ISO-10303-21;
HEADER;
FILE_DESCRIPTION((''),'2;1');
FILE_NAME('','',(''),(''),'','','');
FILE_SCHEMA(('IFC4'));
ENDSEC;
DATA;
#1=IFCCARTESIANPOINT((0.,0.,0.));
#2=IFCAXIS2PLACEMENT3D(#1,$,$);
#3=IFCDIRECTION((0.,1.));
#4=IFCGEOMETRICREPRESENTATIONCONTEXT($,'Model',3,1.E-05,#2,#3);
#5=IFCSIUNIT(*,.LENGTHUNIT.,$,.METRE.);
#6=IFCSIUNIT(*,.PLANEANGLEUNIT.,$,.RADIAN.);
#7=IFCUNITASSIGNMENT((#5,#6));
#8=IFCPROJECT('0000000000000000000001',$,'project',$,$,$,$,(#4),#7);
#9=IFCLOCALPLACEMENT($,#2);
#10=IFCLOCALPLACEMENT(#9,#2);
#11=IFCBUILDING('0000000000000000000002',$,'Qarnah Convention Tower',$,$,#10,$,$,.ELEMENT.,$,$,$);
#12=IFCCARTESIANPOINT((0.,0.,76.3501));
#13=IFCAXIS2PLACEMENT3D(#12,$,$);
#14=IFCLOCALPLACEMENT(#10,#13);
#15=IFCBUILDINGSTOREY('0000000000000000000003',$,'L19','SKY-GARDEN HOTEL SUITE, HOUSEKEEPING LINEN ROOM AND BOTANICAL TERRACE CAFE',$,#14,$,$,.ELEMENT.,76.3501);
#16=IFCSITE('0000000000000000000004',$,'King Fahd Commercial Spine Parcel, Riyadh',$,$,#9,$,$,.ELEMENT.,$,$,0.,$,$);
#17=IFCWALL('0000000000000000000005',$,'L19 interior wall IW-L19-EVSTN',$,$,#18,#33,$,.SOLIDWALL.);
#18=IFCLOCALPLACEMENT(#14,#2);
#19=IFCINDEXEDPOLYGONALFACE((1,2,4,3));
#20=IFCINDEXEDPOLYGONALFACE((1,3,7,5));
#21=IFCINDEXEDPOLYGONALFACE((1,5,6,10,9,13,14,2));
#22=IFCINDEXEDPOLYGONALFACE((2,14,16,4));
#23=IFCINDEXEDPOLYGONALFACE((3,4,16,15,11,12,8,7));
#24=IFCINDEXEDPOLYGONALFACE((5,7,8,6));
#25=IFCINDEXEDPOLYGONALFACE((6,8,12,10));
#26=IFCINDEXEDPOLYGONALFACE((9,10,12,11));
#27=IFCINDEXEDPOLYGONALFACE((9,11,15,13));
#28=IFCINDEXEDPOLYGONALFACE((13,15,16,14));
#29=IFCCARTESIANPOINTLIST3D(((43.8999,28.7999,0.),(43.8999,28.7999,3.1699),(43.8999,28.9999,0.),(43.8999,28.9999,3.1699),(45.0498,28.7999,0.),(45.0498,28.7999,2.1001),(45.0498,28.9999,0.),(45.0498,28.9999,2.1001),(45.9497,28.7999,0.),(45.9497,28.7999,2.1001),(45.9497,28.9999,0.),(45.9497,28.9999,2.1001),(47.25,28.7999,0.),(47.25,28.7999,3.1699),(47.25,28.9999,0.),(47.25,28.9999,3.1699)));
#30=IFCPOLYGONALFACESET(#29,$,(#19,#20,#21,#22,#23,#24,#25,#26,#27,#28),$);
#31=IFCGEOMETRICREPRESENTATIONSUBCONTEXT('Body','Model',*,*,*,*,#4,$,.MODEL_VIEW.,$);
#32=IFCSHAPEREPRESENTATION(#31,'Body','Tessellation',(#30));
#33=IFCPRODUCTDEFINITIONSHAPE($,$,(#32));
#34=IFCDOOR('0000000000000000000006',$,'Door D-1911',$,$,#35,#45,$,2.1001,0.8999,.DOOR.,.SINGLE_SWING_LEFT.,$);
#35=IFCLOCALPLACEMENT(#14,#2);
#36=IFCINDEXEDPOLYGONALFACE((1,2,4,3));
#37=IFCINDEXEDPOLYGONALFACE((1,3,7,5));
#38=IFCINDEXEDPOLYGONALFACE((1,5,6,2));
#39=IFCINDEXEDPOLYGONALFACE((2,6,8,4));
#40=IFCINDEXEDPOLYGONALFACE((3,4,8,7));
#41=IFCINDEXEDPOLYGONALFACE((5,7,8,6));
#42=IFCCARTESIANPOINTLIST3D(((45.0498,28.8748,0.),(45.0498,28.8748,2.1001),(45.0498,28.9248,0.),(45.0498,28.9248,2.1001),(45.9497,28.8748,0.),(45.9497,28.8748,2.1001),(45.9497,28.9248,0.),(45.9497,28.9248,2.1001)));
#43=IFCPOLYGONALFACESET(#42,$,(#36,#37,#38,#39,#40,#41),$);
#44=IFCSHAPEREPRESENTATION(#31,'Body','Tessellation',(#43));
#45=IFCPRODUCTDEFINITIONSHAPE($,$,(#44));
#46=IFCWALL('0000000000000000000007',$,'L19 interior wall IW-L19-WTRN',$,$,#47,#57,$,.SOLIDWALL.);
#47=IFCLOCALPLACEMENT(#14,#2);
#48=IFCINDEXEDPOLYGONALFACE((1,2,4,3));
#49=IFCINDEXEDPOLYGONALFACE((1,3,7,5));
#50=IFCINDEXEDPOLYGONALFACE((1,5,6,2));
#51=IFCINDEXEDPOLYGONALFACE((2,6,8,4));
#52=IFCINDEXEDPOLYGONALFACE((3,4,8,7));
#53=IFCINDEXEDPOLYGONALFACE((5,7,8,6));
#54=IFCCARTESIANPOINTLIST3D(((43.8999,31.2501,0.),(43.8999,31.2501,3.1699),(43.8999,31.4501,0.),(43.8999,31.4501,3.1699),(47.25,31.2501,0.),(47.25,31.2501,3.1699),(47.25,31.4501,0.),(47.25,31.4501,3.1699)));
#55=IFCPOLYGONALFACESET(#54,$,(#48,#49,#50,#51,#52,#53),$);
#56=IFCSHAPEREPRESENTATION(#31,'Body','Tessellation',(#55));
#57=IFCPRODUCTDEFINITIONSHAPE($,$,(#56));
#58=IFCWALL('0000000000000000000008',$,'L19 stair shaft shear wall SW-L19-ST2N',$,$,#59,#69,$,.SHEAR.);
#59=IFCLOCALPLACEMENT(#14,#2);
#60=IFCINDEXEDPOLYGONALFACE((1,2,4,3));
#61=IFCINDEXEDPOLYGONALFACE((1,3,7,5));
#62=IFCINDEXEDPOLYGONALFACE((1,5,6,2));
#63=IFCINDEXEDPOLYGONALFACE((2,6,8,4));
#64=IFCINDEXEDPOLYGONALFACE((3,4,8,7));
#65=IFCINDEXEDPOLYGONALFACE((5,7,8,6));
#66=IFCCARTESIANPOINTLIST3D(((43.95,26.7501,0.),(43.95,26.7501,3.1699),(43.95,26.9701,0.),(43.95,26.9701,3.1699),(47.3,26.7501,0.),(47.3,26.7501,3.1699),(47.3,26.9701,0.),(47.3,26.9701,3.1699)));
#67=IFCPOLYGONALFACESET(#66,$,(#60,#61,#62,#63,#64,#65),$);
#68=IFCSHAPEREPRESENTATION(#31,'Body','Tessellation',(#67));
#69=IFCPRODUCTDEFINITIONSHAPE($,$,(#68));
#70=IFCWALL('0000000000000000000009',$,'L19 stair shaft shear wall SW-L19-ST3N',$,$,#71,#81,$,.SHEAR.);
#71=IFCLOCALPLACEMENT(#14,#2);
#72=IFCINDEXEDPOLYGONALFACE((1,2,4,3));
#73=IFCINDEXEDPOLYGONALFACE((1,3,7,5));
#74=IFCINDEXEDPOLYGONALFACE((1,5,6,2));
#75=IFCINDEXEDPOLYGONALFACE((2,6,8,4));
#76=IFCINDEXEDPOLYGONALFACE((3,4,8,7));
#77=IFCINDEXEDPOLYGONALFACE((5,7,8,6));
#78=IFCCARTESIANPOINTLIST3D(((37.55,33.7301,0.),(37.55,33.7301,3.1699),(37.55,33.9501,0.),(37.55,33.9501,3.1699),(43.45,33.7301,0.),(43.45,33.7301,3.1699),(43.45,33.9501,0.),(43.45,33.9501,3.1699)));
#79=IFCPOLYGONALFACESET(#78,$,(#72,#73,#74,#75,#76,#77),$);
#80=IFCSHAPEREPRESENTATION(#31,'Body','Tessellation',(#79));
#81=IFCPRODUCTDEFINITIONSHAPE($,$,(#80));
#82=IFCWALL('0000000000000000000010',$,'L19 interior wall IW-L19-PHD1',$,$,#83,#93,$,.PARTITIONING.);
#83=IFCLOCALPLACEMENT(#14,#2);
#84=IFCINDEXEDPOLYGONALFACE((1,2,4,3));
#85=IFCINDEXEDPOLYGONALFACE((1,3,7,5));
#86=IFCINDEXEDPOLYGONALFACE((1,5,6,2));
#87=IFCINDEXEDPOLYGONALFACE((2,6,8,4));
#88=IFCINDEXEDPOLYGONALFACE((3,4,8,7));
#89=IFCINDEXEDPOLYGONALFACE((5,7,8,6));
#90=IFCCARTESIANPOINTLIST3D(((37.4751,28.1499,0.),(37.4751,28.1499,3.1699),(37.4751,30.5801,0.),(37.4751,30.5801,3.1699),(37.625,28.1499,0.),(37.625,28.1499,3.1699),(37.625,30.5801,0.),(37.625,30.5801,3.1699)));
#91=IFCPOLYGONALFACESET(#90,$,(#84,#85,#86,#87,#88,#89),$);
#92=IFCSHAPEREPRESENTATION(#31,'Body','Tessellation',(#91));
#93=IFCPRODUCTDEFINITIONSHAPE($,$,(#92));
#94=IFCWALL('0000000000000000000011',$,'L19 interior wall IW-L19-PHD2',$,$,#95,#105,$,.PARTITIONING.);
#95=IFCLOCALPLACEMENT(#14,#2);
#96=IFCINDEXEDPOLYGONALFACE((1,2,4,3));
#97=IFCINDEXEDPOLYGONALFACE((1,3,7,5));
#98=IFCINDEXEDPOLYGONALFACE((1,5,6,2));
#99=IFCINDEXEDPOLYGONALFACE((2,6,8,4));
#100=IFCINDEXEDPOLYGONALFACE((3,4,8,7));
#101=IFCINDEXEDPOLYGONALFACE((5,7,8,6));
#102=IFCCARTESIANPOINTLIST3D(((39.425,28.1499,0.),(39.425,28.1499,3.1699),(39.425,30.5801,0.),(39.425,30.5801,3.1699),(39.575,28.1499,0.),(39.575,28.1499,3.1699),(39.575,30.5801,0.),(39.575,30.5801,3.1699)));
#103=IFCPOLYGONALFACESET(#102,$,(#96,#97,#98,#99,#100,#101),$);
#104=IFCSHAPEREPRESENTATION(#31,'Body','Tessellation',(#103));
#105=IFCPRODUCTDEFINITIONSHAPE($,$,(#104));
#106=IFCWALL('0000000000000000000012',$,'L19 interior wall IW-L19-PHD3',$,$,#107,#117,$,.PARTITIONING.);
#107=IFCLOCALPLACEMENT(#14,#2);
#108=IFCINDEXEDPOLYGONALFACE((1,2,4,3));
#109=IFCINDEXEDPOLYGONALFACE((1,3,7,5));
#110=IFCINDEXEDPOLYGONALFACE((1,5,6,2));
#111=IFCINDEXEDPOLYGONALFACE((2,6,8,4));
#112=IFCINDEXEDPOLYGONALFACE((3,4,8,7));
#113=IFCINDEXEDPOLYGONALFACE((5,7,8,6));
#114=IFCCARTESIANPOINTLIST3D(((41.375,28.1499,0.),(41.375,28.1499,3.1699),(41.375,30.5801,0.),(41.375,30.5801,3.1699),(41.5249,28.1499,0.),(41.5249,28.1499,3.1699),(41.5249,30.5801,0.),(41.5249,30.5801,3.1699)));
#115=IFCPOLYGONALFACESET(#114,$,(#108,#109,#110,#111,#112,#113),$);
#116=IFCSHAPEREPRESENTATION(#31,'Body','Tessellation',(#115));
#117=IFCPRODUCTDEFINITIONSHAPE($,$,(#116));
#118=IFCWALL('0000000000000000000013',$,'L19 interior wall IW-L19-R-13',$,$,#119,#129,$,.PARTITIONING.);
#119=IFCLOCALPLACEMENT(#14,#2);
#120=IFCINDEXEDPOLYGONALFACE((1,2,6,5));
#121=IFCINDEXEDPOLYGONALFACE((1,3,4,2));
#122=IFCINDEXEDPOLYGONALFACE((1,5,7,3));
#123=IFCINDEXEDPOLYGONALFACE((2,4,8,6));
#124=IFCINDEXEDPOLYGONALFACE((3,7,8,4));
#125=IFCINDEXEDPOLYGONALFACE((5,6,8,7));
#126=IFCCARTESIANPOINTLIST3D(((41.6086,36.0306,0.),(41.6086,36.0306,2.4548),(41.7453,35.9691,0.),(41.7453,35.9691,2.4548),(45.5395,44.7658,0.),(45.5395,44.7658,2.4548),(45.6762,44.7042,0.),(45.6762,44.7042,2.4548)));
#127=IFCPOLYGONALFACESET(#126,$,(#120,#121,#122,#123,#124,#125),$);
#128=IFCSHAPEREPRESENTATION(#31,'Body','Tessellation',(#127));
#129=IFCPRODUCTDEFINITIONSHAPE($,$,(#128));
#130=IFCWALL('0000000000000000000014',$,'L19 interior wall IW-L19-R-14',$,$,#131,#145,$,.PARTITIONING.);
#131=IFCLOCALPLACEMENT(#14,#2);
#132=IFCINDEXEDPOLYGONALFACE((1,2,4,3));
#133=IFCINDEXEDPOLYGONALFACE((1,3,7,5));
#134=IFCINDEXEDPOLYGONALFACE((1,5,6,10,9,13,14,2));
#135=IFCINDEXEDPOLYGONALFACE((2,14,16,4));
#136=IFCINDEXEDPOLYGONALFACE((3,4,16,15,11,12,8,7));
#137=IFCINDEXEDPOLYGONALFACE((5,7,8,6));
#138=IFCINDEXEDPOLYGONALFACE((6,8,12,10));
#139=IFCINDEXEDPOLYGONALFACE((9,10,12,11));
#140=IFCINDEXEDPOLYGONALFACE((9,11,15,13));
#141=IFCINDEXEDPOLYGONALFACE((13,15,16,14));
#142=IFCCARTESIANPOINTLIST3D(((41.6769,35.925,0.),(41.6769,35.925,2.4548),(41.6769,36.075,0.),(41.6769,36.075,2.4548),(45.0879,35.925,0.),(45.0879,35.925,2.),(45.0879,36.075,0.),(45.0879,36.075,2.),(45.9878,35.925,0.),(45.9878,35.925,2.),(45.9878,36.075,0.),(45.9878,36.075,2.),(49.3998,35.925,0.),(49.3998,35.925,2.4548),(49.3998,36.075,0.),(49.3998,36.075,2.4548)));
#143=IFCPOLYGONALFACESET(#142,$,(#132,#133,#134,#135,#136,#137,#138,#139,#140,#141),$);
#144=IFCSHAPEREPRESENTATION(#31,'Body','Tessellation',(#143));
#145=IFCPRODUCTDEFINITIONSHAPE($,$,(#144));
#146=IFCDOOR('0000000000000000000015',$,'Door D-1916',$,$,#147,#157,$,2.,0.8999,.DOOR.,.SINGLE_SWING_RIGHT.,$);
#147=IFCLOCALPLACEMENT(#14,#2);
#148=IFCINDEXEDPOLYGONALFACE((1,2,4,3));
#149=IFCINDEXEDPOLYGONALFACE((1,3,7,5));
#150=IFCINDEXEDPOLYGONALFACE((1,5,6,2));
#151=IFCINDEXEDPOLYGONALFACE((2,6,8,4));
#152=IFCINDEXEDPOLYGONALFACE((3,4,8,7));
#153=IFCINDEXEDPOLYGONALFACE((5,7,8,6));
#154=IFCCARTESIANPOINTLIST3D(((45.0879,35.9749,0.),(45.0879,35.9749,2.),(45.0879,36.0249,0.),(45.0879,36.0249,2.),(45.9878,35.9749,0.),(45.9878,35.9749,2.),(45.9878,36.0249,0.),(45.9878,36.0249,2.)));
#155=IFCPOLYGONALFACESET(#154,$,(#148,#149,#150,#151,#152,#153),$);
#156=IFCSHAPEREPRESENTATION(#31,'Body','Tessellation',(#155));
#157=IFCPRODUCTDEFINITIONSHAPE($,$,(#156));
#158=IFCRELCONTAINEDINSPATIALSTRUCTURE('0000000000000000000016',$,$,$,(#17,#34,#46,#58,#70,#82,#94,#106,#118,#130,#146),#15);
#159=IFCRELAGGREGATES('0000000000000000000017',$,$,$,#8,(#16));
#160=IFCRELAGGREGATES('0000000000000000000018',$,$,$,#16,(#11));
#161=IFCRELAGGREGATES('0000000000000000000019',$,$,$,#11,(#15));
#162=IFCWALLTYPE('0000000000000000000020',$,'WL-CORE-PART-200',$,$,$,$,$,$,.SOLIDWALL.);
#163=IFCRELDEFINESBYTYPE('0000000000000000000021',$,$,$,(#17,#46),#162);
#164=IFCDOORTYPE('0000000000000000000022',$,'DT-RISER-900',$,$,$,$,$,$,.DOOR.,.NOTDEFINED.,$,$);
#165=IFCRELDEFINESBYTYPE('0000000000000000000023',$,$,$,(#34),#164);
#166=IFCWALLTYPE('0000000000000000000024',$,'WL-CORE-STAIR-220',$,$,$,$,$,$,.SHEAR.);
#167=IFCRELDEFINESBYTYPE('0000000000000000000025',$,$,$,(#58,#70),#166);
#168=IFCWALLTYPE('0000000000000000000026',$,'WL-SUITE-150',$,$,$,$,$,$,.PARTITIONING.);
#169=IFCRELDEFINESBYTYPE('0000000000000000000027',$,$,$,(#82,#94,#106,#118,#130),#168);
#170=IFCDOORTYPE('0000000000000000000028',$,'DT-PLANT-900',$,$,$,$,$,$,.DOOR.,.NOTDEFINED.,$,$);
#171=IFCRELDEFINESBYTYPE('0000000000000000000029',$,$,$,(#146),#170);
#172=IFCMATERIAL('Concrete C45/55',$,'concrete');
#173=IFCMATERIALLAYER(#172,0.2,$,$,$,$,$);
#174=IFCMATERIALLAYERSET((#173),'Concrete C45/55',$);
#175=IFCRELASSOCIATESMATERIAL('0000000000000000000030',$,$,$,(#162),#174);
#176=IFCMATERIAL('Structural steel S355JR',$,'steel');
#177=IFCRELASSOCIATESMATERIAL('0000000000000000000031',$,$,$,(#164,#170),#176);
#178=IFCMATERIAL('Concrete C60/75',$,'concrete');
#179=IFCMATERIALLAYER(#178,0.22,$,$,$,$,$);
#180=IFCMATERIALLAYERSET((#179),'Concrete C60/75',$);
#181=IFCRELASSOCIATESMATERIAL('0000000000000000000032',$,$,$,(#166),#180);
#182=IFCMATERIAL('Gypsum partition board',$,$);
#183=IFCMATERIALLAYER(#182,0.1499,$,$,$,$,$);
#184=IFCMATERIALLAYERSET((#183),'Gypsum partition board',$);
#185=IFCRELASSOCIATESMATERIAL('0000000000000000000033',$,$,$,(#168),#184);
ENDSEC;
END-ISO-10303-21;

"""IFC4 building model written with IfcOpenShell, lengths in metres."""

from ifc_helpers import new_model, si_unit, direction, frame, frame_2d, origin, place, context, subcontext, project, spatial, rectangle, extrude, material, layer, layer_set, type_object, element, fill, save


model = new_model("IFC4")

# Units and contexts
model_context = context("Model", 3, precision=1e-05, world=origin(), true_north=direction((0.0, 1.0)))
body_context = subcontext(model_context, "Body", "Model", "MODEL_VIEW")
ifc_project = project(units=[si_unit("LENGTHUNIT", "METRE"), si_unit("PLANEANGLEUNIT", "RADIAN")], contexts=[model_context])

# Site, building, storey
site_placement = place(None, origin())
site = spatial("IfcSite", under=ifc_project, at=site_placement, Name="King Fahd Commercial Spine Parcel, Riyadh", CompositionType="ELEMENT", RefElevation=0.0)
building_placement = place(site_placement, origin())
building = spatial("IfcBuilding", under=site, at=building_placement, Name="Qarnah Convention Tower", CompositionType="ELEMENT")
storey_placement = place(building_placement, frame((0.0, 0.0, 76.3501)))
storey = spatial("IfcBuildingStorey", under=building, at=storey_placement, Name="L19", Description="SKY-GARDEN HOTEL SUITE, HOUSEKEEPING LINEN ROOM AND BOTANICAL TERRACE CAFE", CompositionType="ELEMENT", Elevation=76.3501)

# Shared definitions
ifc_material_1 = material(Name="Concrete C60/75", Category="concrete")

# Shared definitions
ifc_material_2 = material(Name="Structural steel S355JR", Category="steel")

# Wall, opening, door
ifc_material_3 = material(Name="Concrete C45/55", Category="concrete")
ifc_layer_1 = layer(ifc_material_3, 0.2)
ifc_layer_set_1 = layer_set([ifc_layer_1], Name="Concrete C45/55")
wall_type_1 = type_object("IfcWallType", Name="WL-CORE-PART-200", PredefinedType="SOLIDWALL", material=ifc_layer_set_1)
wall_1_placement = place(storey_placement, frame((43.8999, 28.8999, 0.0), z_axis=(0.0, 0.0, 1.0), x_axis=(1.0, 0.0, 0.0)))
wall_1 = element("IfcWall", 1, at=wall_1_placement, inside=storey, type_object=wall_type_1, Name="L19 interior wall IW-L19-EVSTN", PredefinedType="SOLIDWALL", context=body_context, shape_type="SweptSolid", body=[
    extrude(rectangle(XDim=3.3501, YDim=0.2, at=frame_2d((1.675, 0.0))), origin(), (0.0, 0.0, 1.0), 3.1699),
])
opening_1_placement = place(wall_1_placement, frame((1.1499, 0.0, 0.0)))
opening_1 = element("IfcOpeningElement", 2, at=opening_1_placement, cuts=wall_1, PredefinedType="OPENING", context=body_context, shape_type="SweptSolid", body=[
    extrude(rectangle(XDim=0.8999, YDim=2.1001, at=frame_2d((0.45, 1.05))), frame((0.0, 0.1099, 0.0), z_axis=(0.0, -1.0, 0.0), x_axis=(1.0, 0.0, 0.0)), (0.0, 0.0, 1.0), 0.22),
])
door_type_1 = type_object("IfcDoorType", Name="DT-RISER-900", OperationType="NOTDEFINED", PredefinedType="DOOR", material=ifc_material_2)
door_1_placement = place(opening_1_placement, origin())
door_1 = element("IfcDoor", 3, at=door_1_placement, inside=storey, type_object=door_type_1, Name="Door D-1911", OperationType="SINGLE_SWING_LEFT", OverallHeight=2.1001, OverallWidth=0.8999, PredefinedType="DOOR", context=body_context, shape_type="SweptSolid", body=[
    extrude(rectangle(XDim=0.8999, YDim=2.1001, at=frame_2d((0.45, 1.05))), frame((0.0, 0.0249, 0.0), z_axis=(0.0, -1.0, 0.0), x_axis=(1.0, 0.0, 0.0)), (0.0, 0.0, 1.0), 0.05),
])
fill(opening_1, door_1)

# Walls
wall_2_placement = place(storey_placement, frame((43.8999, 31.3501, 0.0), z_axis=(0.0, 0.0, 1.0), x_axis=(1.0, 0.0, 0.0)))
element("IfcWall", 4, at=wall_2_placement, inside=storey, type_object=wall_type_1, Name="L19 interior wall IW-L19-WTRN", PredefinedType="SOLIDWALL", context=body_context, shape_type="SweptSolid", body=[
    extrude(rectangle(XDim=3.3501, YDim=0.2, at=frame_2d((1.675, 0.0))), origin(), (0.0, 0.0, 1.0), 3.1699),
])
ifc_layer_2 = layer(ifc_material_1, 0.22)
ifc_layer_set_2 = layer_set([ifc_layer_2], Name="Concrete C60/75")
wall_type_2 = type_object("IfcWallType", Name="WL-CORE-STAIR-220", PredefinedType="SHEAR", material=ifc_layer_set_2)
wall_3_placement = place(storey_placement, frame((43.95, 26.8601, 0.0), z_axis=(0.0, 0.0, 1.0), x_axis=(1.0, 0.0, 0.0)))
element("IfcWall", 5, at=wall_3_placement, inside=storey, type_object=wall_type_2, Name="L19 stair shaft shear wall SW-L19-ST2N", PredefinedType="SHEAR", context=body_context, shape_type="SweptSolid", body=[
    extrude(rectangle(XDim=3.3501, YDim=0.22, at=frame_2d((1.675, 0.0))), origin(), (0.0, 0.0, 1.0), 3.1699),
])
wall_4_placement = place(storey_placement, frame((37.55, 33.8401, 0.0), z_axis=(0.0, 0.0, 1.0), x_axis=(1.0, 0.0, 0.0)))
element("IfcWall", 6, at=wall_4_placement, inside=storey, type_object=wall_type_2, Name="L19 stair shaft shear wall SW-L19-ST3N", PredefinedType="SHEAR", context=body_context, shape_type="SweptSolid", body=[
    extrude(rectangle(XDim=5.8999, YDim=0.22, at=frame_2d((2.95, 0.0))), origin(), (0.0, 0.0, 1.0), 3.1699),
])
ifc_material_4 = material(Name="Gypsum partition board")
ifc_layer_3 = layer(ifc_material_4, 0.1499)
ifc_layer_set_3 = layer_set([ifc_layer_3], Name="Gypsum partition board")
wall_type_3 = type_object("IfcWallType", Name="WL-SUITE-150", PredefinedType="PARTITIONING", material=ifc_layer_set_3)
for number, where, z_axis, x_axis, name in (
    (7, (37.55, 28.1499, 0.0), (0.0, 0.0, 1.0), (0.0, 1.0, 0.0), "L19 interior wall IW-L19-PHD1"),
    (8, (39.5, 28.1499, 0.0), (0.0, 0.0, 1.0), (0.0, 1.0, 0.0), "L19 interior wall IW-L19-PHD2"),
    (9, (41.45, 28.1499, 0.0), (0.0, 0.0, 1.0), (0.0, 1.0, 0.0), "L19 interior wall IW-L19-PHD3"),
):
    element("IfcWall", number, at=place(storey_placement, frame(where, z_axis=z_axis, x_axis=x_axis)), inside=storey, type_object=wall_type_3, Name=name, PredefinedType="PARTITIONING", context=body_context, shape_type="SweptSolid", body=[
        extrude(rectangle(XDim=2.4302, YDim=0.1499, at=frame_2d((1.2151, 0.0))), origin(), (0.0, 0.0, 1.0), 3.1699),
    ])
wall_5_placement = place(storey_placement, frame((45.6079, 44.7351, 0.0), z_axis=(0.0, 0.0, 1.0), x_axis=(-0.410374, -0.911917, 0.0)))
element("IfcWall", 10, at=wall_5_placement, inside=storey, type_object=wall_type_3, Name="L19 interior wall IW-L19-R-13", PredefinedType="PARTITIONING", context=body_context, shape_type="SweptSolid", body=[
    extrude(rectangle(XDim=9.5789, YDim=0.1499, at=frame_2d((4.7896, 0.0))), origin(), (0.0, 0.0, 1.0), 2.4548),
])

# Wall, opening, door
wall_6_placement = place(storey_placement, frame((41.677, 36.0, 0.0), z_axis=(0.0, 0.0, 1.0), x_axis=(1.0, 0.0, 0.0)))
wall_6 = element("IfcWall", 11, at=wall_6_placement, inside=storey, type_object=wall_type_3, Name="L19 interior wall IW-L19-R-14", PredefinedType="PARTITIONING", context=body_context, shape_type="SweptSolid", body=[
    extrude(rectangle(XDim=7.7229, YDim=0.1499, at=frame_2d((3.8613, 0.0))), origin(), (0.0, 0.0, 1.0), 2.4548),
])
opening_2_placement = place(wall_6_placement, frame((3.4109, 0.0, 0.0)))
opening_2 = element("IfcOpeningElement", 12, at=opening_2_placement, cuts=wall_6, PredefinedType="OPENING", context=body_context, shape_type="SweptSolid", body=[
    extrude(rectangle(XDim=0.8999, YDim=2.0, at=frame_2d((0.45, 1.0))), frame((0.0, 0.085, 0.0), z_axis=(0.0, -1.0, 0.0), x_axis=(1.0, 0.0, 0.0)), (0.0, 0.0, 1.0), 0.1699),
])
door_type_2 = type_object("IfcDoorType", Name="DT-PLANT-900", OperationType="NOTDEFINED", PredefinedType="DOOR", material=ifc_material_2)
door_2_placement = place(opening_2_placement, origin())
door_2 = element("IfcDoor", 13, at=door_2_placement, inside=storey, type_object=door_type_2, Name="Door D-1916", OperationType="SINGLE_SWING_RIGHT", OverallHeight=2.0, OverallWidth=0.8999, PredefinedType="DOOR", context=body_context, shape_type="SweptSolid", body=[
    extrude(rectangle(XDim=0.8999, YDim=2.0, at=frame_2d((0.45, 1.0))), frame((0.0, 0.0249, 0.0), z_axis=(0.0, -1.0, 0.0), x_axis=(1.0, 0.0, 0.0)), (0.0, 0.0, 1.0), 0.05),
])
fill(opening_2, door_2)

save(model, "model.ifc")
